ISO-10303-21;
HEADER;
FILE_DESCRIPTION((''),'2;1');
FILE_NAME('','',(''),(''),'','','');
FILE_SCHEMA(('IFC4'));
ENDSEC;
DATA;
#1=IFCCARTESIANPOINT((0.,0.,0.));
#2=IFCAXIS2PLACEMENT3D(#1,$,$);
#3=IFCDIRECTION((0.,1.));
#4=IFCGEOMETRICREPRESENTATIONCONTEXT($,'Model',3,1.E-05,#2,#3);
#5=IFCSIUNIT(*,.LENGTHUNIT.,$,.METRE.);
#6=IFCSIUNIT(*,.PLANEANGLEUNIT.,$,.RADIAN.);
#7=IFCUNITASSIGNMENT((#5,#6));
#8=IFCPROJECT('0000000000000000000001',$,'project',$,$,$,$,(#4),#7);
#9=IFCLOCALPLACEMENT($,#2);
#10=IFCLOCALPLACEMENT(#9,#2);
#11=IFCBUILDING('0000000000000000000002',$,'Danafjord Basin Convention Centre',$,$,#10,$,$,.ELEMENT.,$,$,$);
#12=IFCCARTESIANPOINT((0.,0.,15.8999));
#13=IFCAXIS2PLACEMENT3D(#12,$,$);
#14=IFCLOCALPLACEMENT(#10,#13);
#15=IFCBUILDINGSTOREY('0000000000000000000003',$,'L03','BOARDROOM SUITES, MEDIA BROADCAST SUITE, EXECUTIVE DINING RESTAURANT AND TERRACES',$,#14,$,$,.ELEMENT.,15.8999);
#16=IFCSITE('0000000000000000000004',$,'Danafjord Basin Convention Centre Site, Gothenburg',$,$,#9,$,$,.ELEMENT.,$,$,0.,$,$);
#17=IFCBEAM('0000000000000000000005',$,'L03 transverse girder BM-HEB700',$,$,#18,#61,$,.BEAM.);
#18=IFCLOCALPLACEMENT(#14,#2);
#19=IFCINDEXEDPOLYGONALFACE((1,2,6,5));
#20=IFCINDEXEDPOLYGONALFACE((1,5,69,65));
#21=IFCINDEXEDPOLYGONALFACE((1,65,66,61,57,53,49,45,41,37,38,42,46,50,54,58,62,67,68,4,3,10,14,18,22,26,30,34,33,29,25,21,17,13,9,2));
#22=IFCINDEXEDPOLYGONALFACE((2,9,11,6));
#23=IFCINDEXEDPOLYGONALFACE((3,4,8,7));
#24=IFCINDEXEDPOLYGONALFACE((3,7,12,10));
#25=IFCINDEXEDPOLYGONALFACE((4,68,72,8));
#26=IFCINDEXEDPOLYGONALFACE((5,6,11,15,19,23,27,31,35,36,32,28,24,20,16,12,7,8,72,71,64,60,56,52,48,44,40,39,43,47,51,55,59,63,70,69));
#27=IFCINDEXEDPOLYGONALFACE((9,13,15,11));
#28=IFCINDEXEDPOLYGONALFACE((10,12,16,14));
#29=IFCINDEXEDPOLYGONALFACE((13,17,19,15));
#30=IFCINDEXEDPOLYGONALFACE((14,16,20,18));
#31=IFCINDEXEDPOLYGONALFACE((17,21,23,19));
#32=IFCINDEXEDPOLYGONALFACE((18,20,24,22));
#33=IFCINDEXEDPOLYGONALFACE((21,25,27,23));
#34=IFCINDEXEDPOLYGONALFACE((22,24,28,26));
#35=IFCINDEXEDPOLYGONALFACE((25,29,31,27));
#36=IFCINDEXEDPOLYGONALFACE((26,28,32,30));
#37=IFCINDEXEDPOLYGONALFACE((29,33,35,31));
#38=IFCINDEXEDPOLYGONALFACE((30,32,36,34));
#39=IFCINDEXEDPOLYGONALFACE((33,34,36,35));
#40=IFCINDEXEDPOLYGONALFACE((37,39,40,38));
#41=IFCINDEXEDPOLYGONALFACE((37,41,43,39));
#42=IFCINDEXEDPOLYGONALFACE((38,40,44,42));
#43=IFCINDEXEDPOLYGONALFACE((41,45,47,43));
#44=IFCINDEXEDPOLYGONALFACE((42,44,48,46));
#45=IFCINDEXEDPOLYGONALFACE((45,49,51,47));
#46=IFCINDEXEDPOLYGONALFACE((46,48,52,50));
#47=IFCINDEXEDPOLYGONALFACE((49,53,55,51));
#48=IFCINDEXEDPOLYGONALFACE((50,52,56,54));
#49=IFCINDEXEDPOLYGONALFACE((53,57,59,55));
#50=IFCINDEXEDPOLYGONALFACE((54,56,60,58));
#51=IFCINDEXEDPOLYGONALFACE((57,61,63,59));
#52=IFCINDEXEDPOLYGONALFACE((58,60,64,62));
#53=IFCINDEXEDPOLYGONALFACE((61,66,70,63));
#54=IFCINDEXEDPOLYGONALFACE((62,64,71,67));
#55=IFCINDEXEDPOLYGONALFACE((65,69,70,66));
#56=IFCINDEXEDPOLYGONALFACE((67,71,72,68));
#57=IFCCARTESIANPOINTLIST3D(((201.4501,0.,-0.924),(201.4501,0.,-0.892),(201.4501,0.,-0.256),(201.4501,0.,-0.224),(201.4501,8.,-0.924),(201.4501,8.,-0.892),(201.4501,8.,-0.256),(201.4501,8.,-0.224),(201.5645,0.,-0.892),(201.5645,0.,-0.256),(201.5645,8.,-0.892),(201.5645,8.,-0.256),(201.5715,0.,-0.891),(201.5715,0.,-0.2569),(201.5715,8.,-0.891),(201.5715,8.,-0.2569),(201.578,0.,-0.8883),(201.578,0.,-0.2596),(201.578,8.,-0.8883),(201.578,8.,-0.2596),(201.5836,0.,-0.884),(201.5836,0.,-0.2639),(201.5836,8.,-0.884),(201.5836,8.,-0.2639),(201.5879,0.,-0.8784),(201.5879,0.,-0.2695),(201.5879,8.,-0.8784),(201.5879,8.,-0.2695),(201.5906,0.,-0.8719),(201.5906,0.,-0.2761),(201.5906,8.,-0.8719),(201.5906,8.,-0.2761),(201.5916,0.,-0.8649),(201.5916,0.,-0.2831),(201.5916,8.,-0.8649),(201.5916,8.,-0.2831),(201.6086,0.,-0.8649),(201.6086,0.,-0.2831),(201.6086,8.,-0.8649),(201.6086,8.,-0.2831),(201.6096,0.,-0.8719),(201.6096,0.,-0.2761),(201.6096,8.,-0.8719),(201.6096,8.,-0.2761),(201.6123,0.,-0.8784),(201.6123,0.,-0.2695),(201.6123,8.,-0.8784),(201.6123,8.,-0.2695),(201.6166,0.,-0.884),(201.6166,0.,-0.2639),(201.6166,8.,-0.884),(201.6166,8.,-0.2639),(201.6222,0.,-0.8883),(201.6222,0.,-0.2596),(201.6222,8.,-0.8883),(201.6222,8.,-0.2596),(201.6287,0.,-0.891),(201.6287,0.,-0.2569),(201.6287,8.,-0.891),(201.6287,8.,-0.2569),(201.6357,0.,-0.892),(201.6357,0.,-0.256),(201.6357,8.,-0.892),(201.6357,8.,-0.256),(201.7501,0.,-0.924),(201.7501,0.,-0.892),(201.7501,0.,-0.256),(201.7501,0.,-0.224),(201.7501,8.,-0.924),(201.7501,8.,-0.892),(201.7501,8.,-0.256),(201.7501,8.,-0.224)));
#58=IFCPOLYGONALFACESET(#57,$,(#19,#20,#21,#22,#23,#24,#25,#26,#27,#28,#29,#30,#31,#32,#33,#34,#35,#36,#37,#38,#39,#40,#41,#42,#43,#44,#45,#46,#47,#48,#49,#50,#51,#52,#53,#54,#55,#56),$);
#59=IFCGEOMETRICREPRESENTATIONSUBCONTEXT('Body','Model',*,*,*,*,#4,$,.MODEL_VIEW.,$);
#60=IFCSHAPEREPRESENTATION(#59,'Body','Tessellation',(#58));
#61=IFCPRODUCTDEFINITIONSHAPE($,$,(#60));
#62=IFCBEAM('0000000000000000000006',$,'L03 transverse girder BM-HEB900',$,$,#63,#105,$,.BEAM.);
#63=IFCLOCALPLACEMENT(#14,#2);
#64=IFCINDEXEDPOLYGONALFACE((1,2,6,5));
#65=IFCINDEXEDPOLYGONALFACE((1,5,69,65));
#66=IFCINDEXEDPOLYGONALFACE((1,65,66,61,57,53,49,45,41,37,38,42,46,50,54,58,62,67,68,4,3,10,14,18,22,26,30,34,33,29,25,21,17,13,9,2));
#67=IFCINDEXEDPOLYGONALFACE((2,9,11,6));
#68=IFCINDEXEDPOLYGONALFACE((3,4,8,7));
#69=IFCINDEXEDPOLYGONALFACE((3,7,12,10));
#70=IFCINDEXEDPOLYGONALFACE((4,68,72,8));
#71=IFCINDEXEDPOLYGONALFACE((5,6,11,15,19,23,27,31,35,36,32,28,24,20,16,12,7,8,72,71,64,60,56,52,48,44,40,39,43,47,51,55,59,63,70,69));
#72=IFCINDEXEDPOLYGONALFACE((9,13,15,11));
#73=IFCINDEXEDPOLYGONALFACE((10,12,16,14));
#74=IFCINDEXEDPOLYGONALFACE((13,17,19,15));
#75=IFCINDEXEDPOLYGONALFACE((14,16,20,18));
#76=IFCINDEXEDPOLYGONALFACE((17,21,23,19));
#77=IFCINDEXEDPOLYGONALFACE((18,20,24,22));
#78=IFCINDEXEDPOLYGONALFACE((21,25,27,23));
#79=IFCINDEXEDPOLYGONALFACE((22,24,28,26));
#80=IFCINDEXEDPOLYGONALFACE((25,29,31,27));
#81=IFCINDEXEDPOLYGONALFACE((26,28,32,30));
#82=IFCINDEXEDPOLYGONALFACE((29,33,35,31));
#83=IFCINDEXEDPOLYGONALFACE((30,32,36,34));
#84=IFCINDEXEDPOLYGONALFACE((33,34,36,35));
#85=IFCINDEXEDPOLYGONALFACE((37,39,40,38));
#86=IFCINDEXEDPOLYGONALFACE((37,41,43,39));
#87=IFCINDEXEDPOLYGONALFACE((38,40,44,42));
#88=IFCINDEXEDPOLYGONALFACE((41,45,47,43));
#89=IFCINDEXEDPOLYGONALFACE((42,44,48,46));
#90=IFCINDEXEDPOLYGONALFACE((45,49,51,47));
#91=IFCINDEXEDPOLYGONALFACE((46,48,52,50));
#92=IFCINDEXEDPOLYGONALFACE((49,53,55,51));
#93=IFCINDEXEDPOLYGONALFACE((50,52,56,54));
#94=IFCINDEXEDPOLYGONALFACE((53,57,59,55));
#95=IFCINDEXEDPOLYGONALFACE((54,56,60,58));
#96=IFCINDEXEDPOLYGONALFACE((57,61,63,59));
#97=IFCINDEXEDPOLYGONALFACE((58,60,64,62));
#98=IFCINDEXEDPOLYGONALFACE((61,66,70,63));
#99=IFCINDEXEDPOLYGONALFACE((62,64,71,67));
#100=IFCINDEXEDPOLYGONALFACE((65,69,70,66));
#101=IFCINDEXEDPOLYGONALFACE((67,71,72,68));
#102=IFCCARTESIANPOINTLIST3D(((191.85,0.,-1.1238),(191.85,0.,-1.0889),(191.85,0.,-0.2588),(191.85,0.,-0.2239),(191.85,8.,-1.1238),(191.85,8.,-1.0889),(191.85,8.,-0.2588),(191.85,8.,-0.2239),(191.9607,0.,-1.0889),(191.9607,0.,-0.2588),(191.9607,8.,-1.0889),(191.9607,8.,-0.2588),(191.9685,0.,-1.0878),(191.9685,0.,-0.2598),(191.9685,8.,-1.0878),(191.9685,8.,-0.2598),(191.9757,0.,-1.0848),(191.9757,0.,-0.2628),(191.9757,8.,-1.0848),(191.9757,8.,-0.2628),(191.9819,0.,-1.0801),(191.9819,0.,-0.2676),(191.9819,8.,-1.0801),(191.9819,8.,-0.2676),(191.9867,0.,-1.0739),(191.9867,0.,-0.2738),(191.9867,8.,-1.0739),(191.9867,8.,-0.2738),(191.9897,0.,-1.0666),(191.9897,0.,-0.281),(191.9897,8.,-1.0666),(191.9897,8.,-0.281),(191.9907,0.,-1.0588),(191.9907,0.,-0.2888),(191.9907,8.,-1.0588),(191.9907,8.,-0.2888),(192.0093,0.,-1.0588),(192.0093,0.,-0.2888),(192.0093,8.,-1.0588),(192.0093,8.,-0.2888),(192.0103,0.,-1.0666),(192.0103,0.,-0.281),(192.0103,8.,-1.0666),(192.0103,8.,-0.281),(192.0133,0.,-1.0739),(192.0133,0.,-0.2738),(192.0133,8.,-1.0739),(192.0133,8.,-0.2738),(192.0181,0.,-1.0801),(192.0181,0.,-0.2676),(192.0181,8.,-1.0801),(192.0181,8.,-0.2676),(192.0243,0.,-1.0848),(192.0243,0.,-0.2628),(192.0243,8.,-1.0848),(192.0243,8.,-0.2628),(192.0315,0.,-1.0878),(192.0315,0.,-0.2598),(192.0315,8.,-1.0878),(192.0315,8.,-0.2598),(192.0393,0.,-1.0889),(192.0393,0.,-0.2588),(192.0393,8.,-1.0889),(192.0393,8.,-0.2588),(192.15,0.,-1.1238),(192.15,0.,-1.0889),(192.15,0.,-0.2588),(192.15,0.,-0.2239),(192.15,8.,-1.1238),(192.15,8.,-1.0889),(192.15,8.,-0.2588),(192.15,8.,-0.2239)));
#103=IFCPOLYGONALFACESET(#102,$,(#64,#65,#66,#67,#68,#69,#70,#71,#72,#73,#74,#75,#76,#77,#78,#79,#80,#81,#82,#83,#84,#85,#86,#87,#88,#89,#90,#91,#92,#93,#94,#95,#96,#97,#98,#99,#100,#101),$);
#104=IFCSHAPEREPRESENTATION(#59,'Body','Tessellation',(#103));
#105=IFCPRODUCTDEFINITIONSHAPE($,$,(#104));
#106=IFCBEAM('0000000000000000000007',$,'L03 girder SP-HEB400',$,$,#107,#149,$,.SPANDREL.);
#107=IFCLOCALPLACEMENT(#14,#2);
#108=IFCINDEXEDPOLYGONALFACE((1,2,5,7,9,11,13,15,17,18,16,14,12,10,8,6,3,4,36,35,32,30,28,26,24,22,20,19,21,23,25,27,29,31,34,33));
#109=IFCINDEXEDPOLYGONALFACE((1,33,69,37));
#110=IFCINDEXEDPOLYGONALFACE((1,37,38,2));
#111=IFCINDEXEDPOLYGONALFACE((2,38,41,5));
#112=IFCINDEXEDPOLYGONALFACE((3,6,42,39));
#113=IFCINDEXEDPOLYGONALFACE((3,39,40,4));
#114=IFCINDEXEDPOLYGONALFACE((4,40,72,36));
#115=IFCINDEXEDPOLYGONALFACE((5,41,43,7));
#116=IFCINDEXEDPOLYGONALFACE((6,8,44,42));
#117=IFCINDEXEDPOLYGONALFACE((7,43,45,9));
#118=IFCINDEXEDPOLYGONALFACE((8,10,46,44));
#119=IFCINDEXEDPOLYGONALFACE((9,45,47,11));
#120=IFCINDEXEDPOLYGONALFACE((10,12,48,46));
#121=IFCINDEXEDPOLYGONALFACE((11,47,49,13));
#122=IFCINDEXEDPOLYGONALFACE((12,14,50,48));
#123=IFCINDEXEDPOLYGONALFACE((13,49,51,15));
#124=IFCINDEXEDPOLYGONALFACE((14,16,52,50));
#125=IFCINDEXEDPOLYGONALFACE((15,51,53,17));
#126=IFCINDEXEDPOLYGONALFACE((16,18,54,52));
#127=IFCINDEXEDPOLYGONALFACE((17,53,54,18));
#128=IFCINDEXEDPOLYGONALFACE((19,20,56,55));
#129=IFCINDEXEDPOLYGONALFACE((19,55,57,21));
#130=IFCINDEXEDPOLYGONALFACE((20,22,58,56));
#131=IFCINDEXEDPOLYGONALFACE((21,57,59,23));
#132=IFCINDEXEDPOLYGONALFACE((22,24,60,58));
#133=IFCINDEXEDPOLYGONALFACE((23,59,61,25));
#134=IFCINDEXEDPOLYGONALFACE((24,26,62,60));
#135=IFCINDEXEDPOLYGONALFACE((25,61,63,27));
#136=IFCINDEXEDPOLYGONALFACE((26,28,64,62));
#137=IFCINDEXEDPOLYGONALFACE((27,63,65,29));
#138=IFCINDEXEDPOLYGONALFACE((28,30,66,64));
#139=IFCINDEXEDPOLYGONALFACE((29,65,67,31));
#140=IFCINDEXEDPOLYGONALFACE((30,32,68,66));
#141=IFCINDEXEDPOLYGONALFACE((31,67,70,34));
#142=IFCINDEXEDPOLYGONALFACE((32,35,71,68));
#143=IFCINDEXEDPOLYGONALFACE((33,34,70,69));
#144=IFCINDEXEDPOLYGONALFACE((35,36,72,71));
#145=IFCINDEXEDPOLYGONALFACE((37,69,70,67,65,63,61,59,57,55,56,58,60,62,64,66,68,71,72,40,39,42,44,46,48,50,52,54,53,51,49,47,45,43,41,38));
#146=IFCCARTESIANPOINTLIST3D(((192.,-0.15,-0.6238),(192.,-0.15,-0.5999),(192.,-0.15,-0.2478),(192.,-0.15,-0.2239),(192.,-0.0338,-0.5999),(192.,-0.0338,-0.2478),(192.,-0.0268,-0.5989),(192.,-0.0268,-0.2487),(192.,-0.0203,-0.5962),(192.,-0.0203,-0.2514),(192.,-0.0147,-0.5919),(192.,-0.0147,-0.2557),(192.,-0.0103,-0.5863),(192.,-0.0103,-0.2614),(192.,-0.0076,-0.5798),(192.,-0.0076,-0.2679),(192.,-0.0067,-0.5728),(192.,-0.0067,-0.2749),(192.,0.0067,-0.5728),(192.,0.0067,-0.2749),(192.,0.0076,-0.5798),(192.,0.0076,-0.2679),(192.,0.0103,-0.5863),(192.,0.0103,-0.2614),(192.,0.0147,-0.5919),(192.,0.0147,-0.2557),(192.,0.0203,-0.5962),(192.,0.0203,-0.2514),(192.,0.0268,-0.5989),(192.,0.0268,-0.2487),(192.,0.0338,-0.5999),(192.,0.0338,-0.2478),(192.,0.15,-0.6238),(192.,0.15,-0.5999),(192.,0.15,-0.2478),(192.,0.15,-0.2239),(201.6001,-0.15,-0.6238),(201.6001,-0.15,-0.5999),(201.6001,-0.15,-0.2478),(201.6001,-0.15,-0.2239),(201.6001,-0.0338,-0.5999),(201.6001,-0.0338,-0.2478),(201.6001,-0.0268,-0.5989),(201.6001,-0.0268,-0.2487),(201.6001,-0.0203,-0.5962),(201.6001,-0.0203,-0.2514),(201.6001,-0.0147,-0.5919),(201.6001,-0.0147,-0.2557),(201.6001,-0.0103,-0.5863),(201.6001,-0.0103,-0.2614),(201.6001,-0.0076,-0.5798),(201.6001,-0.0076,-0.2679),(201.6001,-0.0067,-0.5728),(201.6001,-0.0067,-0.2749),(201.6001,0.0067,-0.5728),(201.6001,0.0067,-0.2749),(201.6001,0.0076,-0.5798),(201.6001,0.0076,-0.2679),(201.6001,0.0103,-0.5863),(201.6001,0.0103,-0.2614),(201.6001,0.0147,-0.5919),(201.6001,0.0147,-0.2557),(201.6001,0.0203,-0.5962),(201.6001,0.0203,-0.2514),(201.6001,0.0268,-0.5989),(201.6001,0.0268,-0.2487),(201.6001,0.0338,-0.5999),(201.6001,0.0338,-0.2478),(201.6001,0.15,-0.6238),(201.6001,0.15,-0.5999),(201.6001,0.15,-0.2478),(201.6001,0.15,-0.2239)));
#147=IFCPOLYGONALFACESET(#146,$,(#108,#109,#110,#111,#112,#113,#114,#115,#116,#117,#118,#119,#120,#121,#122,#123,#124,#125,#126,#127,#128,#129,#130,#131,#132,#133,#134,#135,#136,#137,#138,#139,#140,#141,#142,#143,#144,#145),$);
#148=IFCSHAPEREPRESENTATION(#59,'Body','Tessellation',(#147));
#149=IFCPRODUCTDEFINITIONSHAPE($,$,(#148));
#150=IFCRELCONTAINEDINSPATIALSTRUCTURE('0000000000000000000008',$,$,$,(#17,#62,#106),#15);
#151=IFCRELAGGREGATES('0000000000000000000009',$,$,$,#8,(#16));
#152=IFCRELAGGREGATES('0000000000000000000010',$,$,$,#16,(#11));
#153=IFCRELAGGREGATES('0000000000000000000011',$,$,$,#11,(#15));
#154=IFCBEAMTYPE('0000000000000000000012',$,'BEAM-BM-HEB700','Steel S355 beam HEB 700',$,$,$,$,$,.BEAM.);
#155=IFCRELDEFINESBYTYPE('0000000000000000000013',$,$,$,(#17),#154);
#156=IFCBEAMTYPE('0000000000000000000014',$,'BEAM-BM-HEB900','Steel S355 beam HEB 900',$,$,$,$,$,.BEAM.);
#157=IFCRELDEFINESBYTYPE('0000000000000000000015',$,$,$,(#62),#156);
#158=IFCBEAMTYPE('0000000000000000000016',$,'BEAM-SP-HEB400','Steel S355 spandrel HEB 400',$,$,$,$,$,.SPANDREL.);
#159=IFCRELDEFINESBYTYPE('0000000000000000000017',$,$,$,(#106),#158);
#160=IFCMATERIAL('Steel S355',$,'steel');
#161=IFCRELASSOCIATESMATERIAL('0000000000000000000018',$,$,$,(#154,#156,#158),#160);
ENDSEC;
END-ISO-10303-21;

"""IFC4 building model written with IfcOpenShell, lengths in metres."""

from ifc_helpers import new_model, si_unit, direction, frame, origin, origin_2d, place, context, subcontext, project, spatial, i_section, extrude, material, material_profile, profile_set, type_object, element, save


model = new_model("IFC4")

# Units and contexts
model_context = context("Model", 3, precision=1e-05, world=origin(), true_north=direction((0.0, 1.0)))
body_context = subcontext(model_context, "Body", "Model", "MODEL_VIEW")
ifc_project = project(units=[si_unit("LENGTHUNIT", "METRE"), si_unit("PLANEANGLEUNIT", "RADIAN")], contexts=[model_context])

# Site, building, storey
site_placement = place(None, origin())
site = spatial("IfcSite", under=ifc_project, at=site_placement, Name="Danafjord Basin Convention Centre Site, Gothenburg", CompositionType="ELEMENT", RefElevation=0.0)
building_placement = place(site_placement, origin())
building = spatial("IfcBuilding", under=site, at=building_placement, Name="Danafjord Basin Convention Centre", CompositionType="ELEMENT")
storey_placement = place(building_placement, frame((0.0, 0.0, 15.8999)))
storey = spatial("IfcBuildingStorey", under=building, at=storey_placement, Name="L03", Description="BOARDROOM SUITES, MEDIA BROADCAST SUITE, EXECUTIVE DINING RESTAURANT AND TERRACES", CompositionType="ELEMENT", Elevation=15.8999)

# Shared definitions
ifc_material_1 = material(Name="Steel S355", Category="steel")

# Beams
ifc_material_profile_1 = material_profile(ifc_material_1, i_section(OverallWidth=0.3, OverallDepth=0.7, WebThickness=0.0171, FlangeThickness=0.032, FilletRadius=0.0271, at=origin_2d()), Name="HEB 700")
ifc_profile_set_1 = profile_set([ifc_material_profile_1], Name="Steel S355")
beam_type_1 = type_object("IfcBeamType", Name="BEAM-BM-HEB700", Description="Steel S355 beam HEB 700", PredefinedType="BEAM", material=ifc_profile_set_1)
beam_1_placement = place(storey_placement, frame((201.6001, 0.0, -0.574), z_axis=(0.0, 1.0, 0.0), x_axis=(-1.0, 0.0, 0.0)))
element("IfcBeam", 1, at=beam_1_placement, inside=storey, type_object=beam_type_1, Name="L03 transverse girder BM-HEB700", PredefinedType="BEAM", context=body_context, shape_type="SweptSolid", body=[
    extrude(i_section(OverallWidth=0.3, OverallDepth=0.7, WebThickness=0.0171, FlangeThickness=0.032, FilletRadius=0.0271, at=origin_2d()), origin(), (0.0, 0.0, 1.0), 8.0),
])
ifc_material_profile_2 = material_profile(ifc_material_1, i_section(OverallWidth=0.3, OverallDepth=0.8999, WebThickness=0.0186, FlangeThickness=0.0349, FilletRadius=0.03, at=origin_2d()), Name="HEB 900")
ifc_profile_set_2 = profile_set([ifc_material_profile_2], Name="Steel S355")
beam_type_2 = type_object("IfcBeamType", Name="BEAM-BM-HEB900", Description="Steel S355 beam HEB 900", PredefinedType="BEAM", material=ifc_profile_set_2)
beam_2_placement = place(storey_placement, frame((192.0, 0.0, -0.6738), z_axis=(0.0, 1.0, 0.0), x_axis=(-1.0, 0.0, 0.0)))
element("IfcBeam", 2, at=beam_2_placement, inside=storey, type_object=beam_type_2, Name="L03 transverse girder BM-HEB900", PredefinedType="BEAM", context=body_context, shape_type="SweptSolid", body=[
    extrude(i_section(OverallWidth=0.3, OverallDepth=0.8999, WebThickness=0.0186, FlangeThickness=0.0349, FilletRadius=0.03, at=origin_2d()), origin(), (0.0, 0.0, 1.0), 8.0),
])
ifc_material_profile_3 = material_profile(ifc_material_1, i_section(OverallWidth=0.3, OverallDepth=0.3999, WebThickness=0.0134, FlangeThickness=0.0239, FilletRadius=0.0271, at=origin_2d()), Name="HEB 400")
ifc_profile_set_3 = profile_set([ifc_material_profile_3], Name="Steel S355")
beam_type_3 = type_object("IfcBeamType", Name="BEAM-SP-HEB400", Description="Steel S355 spandrel HEB 400", PredefinedType="SPANDREL", material=ifc_profile_set_3)
beam_3_placement = place(storey_placement, frame((192.0, 0.0, -0.4238), z_axis=(1.0, 0.0, 0.0), x_axis=(0.0, 1.0, 0.0)))
element("IfcBeam", 3, at=beam_3_placement, inside=storey, type_object=beam_type_3, Name="L03 girder SP-HEB400", PredefinedType="SPANDREL", context=body_context, shape_type="SweptSolid", body=[
    extrude(i_section(OverallWidth=0.3, OverallDepth=0.3999, WebThickness=0.0134, FlangeThickness=0.0239, FilletRadius=0.0271, at=origin_2d()), origin(), (0.0, 0.0, 1.0), 9.6001),
])

save(model, "model.ifc")
